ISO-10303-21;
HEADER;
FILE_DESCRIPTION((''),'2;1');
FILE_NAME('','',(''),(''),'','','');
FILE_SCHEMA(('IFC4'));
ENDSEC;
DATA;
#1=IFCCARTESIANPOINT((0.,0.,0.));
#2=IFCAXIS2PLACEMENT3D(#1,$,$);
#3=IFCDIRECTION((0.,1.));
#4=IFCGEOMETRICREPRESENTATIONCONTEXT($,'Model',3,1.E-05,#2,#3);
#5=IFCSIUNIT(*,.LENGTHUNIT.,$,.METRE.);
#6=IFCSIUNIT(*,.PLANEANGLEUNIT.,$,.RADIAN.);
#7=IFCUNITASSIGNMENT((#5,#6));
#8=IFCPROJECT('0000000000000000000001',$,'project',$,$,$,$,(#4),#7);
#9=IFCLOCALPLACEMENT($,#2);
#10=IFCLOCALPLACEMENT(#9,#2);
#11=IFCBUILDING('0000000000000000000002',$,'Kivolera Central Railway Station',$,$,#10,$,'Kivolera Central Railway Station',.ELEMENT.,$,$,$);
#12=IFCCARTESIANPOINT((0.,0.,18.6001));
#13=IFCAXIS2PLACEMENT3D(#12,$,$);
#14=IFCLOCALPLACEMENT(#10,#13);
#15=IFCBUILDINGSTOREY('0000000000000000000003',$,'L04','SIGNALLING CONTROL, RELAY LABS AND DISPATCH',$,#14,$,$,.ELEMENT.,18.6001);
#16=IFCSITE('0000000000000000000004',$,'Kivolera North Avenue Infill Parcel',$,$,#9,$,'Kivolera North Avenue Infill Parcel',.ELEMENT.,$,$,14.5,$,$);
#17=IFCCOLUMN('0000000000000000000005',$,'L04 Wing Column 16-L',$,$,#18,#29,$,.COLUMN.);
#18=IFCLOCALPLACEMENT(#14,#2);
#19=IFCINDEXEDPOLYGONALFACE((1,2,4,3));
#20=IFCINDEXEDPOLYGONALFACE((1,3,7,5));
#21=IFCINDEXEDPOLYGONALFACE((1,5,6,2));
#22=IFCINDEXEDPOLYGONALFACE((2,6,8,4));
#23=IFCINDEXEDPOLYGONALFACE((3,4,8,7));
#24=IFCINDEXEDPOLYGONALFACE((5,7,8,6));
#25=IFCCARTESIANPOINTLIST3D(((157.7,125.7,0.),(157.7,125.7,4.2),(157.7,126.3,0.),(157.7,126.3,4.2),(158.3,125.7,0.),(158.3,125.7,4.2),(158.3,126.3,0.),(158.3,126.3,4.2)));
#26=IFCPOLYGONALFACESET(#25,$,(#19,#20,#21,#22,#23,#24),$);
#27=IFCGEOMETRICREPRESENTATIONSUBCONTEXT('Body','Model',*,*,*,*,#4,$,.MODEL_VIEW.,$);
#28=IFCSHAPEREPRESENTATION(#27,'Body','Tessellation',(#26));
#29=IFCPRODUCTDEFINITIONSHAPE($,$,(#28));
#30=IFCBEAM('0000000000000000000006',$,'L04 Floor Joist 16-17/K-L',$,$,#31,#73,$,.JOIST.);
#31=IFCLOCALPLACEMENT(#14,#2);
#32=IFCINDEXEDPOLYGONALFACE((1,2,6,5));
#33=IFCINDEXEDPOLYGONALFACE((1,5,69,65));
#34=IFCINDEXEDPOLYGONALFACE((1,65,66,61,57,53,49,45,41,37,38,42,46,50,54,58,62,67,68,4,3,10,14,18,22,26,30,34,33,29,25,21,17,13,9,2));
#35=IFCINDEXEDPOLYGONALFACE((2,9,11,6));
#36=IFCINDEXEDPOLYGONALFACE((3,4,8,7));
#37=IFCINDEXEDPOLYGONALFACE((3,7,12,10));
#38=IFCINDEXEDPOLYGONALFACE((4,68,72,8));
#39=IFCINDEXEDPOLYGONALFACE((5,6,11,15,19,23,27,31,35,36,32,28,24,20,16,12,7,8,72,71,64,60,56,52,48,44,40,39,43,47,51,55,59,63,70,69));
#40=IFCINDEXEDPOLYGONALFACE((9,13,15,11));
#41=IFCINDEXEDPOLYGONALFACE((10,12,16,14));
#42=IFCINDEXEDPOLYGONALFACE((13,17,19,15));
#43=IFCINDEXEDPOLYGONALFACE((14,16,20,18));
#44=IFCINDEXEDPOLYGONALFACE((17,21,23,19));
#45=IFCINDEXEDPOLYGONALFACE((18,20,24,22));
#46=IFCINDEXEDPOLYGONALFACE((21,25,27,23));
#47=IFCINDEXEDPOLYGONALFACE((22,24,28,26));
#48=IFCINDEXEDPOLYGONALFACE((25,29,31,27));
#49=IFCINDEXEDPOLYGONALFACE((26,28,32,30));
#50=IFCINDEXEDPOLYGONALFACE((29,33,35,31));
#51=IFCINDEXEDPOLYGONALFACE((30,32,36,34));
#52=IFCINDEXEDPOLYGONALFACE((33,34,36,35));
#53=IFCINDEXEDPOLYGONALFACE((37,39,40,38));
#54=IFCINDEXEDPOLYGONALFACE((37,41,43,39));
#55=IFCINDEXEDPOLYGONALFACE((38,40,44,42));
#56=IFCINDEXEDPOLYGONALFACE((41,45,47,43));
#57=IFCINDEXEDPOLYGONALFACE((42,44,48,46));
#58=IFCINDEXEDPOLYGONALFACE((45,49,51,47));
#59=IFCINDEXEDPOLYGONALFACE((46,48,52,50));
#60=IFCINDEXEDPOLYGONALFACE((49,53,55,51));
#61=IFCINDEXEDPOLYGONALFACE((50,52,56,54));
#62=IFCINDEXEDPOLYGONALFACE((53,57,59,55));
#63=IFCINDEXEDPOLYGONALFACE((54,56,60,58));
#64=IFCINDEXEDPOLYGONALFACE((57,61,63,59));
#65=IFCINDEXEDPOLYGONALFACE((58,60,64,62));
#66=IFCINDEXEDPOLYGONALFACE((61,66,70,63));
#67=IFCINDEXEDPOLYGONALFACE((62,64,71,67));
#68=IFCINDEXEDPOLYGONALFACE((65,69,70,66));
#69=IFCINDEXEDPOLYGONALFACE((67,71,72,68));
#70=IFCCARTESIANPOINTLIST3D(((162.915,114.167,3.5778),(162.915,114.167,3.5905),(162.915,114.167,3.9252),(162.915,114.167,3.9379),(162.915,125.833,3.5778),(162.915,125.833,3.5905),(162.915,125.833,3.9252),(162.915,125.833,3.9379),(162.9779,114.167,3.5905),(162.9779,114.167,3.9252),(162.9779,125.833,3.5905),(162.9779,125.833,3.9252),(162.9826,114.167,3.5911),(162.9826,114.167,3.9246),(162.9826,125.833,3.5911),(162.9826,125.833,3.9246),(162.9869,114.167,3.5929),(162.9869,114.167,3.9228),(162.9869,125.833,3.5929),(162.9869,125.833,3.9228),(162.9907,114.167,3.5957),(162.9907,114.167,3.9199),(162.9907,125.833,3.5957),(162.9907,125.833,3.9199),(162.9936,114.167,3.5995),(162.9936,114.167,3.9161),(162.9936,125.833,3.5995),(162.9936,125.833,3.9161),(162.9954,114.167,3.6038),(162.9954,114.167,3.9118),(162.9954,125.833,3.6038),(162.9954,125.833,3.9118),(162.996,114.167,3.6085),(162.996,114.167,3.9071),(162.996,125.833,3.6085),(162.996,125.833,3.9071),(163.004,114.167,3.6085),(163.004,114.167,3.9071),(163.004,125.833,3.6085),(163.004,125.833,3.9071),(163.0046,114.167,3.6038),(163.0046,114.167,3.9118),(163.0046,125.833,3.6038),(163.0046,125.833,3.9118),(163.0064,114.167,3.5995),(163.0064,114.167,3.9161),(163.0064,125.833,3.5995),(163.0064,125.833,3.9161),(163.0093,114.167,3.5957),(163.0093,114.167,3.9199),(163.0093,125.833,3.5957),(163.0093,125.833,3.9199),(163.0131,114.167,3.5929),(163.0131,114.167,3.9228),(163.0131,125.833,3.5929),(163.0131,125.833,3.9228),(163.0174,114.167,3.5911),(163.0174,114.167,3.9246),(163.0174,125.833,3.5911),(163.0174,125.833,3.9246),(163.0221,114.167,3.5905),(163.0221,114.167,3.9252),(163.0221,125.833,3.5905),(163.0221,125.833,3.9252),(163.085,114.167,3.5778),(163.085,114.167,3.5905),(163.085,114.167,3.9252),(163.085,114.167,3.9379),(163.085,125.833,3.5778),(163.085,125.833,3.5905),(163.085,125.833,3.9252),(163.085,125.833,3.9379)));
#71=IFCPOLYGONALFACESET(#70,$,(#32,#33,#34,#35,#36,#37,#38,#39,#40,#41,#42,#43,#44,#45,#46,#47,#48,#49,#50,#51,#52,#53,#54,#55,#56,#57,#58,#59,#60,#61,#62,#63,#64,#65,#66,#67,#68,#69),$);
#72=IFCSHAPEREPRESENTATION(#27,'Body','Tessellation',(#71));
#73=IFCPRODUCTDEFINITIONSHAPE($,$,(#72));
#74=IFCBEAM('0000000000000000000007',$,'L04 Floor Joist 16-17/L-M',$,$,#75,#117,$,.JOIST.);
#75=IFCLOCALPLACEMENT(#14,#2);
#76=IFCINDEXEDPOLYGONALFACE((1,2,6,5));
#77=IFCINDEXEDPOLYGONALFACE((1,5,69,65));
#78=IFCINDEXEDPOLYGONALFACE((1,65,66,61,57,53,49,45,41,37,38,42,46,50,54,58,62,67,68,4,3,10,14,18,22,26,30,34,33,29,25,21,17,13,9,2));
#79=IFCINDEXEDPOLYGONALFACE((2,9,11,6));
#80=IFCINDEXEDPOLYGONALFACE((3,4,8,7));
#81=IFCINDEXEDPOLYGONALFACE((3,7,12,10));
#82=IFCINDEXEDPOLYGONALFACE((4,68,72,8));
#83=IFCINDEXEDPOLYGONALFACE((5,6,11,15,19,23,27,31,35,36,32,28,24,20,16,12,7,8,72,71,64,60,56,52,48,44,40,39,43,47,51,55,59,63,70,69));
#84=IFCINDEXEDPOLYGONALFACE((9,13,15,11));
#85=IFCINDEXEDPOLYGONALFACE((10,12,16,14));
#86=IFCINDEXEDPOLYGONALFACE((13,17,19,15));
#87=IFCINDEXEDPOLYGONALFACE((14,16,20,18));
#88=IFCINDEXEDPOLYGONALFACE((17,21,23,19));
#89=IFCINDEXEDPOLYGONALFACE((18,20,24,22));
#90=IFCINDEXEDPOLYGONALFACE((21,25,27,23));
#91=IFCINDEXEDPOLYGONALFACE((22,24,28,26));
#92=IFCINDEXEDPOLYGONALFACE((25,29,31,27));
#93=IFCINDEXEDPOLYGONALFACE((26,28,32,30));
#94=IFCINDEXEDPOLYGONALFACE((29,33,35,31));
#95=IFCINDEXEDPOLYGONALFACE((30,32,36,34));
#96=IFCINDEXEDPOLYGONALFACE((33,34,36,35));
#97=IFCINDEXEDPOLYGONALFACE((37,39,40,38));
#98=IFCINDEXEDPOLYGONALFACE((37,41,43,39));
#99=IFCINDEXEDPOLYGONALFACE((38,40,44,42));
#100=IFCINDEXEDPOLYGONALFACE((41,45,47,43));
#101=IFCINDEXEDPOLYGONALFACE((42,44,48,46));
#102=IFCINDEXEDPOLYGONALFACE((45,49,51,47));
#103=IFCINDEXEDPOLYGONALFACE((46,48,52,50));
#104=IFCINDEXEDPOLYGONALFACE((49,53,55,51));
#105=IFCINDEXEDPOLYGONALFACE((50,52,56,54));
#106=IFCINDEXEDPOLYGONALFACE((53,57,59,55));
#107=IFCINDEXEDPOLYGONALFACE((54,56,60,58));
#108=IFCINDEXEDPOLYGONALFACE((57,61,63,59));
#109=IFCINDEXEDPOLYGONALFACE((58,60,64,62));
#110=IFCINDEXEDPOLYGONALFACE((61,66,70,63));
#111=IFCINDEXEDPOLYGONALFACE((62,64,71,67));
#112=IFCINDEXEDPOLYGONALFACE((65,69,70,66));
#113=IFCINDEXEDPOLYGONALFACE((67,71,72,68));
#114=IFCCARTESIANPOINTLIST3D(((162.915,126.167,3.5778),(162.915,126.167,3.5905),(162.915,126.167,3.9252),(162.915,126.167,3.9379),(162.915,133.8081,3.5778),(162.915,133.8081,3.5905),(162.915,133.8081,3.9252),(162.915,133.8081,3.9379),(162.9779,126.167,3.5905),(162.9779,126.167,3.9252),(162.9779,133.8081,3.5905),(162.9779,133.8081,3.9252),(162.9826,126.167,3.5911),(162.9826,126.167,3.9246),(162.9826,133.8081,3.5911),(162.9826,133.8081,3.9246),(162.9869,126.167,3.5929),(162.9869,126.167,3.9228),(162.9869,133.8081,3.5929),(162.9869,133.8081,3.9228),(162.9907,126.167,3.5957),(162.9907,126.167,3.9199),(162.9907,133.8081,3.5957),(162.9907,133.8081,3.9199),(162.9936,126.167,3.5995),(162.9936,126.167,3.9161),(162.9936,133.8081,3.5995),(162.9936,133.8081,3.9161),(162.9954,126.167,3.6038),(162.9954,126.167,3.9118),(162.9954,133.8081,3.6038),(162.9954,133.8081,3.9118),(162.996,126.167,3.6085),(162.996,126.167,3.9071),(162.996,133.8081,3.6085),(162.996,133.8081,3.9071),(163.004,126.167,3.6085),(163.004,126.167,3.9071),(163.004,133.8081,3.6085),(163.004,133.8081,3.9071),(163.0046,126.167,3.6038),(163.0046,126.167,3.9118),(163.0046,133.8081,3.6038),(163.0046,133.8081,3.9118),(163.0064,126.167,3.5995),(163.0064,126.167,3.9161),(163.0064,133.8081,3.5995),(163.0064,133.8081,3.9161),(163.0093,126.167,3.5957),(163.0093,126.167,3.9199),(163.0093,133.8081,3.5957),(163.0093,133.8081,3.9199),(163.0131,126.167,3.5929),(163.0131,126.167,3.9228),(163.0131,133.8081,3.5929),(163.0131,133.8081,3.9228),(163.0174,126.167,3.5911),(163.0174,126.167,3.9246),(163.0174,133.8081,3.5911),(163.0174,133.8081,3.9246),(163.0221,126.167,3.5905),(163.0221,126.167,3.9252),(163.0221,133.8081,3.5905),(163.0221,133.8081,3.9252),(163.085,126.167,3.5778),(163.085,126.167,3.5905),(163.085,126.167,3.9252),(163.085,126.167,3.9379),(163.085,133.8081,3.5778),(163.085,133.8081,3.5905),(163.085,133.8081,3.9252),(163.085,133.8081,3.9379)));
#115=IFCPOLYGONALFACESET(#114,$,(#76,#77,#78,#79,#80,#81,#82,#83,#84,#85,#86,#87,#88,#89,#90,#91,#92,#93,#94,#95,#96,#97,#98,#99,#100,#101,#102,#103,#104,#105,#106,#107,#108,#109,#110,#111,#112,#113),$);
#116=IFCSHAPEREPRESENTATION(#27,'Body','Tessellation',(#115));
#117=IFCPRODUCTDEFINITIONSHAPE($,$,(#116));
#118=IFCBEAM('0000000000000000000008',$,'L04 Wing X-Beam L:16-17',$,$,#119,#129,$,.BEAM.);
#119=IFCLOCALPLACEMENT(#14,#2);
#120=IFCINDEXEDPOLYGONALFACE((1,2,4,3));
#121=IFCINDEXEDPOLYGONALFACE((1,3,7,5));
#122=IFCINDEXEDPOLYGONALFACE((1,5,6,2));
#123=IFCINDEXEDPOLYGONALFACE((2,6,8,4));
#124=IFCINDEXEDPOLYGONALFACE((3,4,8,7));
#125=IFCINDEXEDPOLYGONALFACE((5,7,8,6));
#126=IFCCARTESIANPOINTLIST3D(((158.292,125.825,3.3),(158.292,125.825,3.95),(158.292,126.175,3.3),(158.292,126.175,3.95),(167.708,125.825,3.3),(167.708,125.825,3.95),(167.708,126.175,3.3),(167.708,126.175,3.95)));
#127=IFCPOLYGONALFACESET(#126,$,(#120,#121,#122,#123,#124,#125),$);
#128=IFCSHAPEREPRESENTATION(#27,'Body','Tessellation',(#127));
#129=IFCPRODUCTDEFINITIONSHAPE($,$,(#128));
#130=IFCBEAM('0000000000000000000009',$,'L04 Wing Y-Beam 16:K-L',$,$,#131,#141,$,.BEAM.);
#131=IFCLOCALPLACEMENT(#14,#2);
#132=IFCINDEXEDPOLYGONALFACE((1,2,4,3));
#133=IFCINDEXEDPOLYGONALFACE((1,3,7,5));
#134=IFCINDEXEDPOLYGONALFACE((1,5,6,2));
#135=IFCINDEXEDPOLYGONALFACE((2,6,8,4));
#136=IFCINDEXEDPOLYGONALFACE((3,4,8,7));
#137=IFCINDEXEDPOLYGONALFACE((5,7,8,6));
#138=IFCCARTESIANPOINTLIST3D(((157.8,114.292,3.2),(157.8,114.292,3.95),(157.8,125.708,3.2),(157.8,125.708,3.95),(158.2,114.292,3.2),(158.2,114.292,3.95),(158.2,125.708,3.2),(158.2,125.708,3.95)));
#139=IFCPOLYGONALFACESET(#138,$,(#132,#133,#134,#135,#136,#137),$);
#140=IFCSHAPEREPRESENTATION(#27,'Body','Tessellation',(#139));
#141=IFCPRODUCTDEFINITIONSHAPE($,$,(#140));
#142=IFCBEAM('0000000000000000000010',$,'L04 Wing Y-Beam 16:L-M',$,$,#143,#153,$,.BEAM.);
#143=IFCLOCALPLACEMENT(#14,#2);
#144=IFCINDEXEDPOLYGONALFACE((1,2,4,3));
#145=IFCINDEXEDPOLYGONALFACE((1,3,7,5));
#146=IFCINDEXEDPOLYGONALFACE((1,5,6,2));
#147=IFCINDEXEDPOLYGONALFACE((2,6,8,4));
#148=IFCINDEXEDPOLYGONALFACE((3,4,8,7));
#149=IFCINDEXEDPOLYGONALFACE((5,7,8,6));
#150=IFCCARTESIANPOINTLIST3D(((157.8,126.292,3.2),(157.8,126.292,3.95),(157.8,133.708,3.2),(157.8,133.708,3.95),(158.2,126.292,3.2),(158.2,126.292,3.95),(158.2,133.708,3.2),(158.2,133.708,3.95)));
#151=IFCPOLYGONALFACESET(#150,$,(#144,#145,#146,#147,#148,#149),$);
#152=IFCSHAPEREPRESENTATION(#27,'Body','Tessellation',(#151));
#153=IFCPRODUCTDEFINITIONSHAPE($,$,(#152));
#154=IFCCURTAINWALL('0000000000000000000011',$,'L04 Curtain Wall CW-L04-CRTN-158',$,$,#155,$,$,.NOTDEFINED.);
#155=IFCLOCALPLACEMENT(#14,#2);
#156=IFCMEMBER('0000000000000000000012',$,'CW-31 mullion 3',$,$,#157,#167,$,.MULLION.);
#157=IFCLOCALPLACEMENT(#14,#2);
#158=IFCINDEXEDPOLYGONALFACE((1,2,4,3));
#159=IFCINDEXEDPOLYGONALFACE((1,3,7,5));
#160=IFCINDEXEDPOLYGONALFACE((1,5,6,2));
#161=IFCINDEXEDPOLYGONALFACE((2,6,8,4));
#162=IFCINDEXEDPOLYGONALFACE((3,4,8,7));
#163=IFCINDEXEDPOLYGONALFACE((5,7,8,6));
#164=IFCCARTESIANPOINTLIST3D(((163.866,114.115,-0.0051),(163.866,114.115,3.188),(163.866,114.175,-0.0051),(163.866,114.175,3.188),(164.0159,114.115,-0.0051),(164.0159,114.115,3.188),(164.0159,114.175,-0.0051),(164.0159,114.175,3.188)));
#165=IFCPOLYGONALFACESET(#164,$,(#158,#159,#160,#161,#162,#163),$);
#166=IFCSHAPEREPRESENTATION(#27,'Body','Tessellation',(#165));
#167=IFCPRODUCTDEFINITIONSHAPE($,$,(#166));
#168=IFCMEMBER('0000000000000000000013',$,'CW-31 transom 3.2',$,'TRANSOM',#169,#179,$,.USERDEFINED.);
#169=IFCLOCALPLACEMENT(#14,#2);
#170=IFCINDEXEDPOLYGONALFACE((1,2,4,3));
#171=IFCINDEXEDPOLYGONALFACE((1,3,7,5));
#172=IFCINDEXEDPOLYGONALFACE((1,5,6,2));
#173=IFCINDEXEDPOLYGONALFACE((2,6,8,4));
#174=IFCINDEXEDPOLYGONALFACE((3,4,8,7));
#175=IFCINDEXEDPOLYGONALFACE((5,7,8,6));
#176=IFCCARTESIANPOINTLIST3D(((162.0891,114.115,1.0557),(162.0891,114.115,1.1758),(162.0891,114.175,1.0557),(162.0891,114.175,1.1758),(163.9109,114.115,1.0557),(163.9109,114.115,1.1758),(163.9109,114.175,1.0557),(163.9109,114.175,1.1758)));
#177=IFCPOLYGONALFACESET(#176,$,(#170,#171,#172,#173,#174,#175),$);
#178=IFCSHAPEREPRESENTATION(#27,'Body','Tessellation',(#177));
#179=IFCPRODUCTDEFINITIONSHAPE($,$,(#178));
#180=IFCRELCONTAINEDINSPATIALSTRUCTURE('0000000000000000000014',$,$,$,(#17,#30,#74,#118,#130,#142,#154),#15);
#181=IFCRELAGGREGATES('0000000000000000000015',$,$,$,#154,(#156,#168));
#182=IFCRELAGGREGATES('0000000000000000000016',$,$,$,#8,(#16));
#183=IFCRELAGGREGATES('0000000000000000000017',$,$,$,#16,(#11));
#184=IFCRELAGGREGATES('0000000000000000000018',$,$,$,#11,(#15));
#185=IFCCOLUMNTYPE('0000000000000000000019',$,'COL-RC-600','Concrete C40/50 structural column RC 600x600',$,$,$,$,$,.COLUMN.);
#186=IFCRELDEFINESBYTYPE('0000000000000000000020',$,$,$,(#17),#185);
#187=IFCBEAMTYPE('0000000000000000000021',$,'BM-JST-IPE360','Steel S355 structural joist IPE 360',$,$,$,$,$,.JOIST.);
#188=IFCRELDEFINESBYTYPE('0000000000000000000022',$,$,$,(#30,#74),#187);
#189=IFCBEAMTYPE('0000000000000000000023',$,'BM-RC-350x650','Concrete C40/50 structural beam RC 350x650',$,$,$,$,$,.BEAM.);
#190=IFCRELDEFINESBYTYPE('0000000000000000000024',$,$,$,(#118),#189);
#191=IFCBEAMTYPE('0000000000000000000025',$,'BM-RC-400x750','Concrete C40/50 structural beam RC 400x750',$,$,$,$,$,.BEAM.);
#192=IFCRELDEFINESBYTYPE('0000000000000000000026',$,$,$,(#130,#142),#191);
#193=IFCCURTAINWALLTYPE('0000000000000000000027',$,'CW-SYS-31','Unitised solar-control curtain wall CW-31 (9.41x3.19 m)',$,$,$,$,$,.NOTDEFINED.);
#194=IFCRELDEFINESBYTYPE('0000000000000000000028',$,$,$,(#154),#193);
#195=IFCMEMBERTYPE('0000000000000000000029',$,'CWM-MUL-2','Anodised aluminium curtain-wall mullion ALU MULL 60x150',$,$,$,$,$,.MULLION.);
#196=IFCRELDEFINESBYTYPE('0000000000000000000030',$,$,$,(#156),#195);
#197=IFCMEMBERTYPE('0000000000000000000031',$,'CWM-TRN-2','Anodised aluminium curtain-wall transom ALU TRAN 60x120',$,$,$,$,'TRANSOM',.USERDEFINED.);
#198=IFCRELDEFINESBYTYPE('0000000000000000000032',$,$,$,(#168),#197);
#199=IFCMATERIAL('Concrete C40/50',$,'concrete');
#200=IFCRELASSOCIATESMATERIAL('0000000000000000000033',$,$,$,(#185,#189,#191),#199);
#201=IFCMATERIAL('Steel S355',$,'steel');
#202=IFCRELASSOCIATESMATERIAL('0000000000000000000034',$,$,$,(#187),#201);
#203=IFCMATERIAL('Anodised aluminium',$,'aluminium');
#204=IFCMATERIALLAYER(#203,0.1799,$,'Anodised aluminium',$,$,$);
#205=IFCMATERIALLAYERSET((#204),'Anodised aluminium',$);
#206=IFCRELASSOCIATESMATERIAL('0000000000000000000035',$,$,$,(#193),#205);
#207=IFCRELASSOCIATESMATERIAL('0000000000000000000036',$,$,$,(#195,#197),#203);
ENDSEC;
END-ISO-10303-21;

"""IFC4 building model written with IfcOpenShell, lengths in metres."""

from ifc_helpers import new_model, si_unit, direction, frame, origin, origin_2d, place, context, subcontext, project, spatial, rectangle, i_section, extrude, material, layer, layer_set, material_profile, profile_set, type_object, element, aggregate, save


model = new_model("IFC4")

# Units and contexts
model_context = context("Model", 3, precision=1e-05, world=origin(), true_north=direction((0.0, 1.0)))
body_context = subcontext(model_context, "Body", "Model", "MODEL_VIEW")
ifc_project = project(units=[si_unit("LENGTHUNIT", "METRE"), si_unit("PLANEANGLEUNIT", "RADIAN")], contexts=[model_context])

# Site, building, storey
site_placement = place(None, origin())
site = spatial("IfcSite", under=ifc_project, at=site_placement, Name="Kivolera North Avenue Infill Parcel", LongName="Kivolera North Avenue Infill Parcel", CompositionType="ELEMENT", RefElevation=14.5)
building_placement = place(site_placement, origin())
building = spatial("IfcBuilding", under=site, at=building_placement, Name="Kivolera Central Railway Station", LongName="Kivolera Central Railway Station", CompositionType="ELEMENT")
storey_placement = place(building_placement, frame((0.0, 0.0, 18.6001)))
storey = spatial("IfcBuildingStorey", under=building, at=storey_placement, Name="L04", Description="SIGNALLING CONTROL, RELAY LABS AND DISPATCH", CompositionType="ELEMENT", Elevation=18.6001)

# Column
ifc_material_1 = material(Name="Concrete C40/50", Category="concrete")
ifc_material_profile_1 = material_profile(ifc_material_1, rectangle(XDim=0.6001, YDim=0.6001, at=origin_2d()), Name="RC 600x600")
ifc_profile_set_1 = profile_set([ifc_material_profile_1], Name="Concrete C40/50")
column_type = type_object("IfcColumnType", Name="COL-RC-600", Description="Concrete C40/50 structural column RC 600x600", PredefinedType="COLUMN", material=ifc_profile_set_1)
column_placement = place(storey_placement, frame((158.0, 126.0, 0.0), z_axis=(0.0, 0.0, 1.0), x_axis=(1.0, 0.0, 0.0)))
element("IfcColumn", 1, at=column_placement, inside=storey, type_object=column_type, Name="L04 Wing Column 16-L", PredefinedType="COLUMN", context=body_context, shape_type="SweptSolid", body=[
    extrude(rectangle(XDim=0.6001, YDim=0.6001, at=origin_2d()), origin(), (0.0, 0.0, 1.0), 4.2),
])

# Beams
ifc_material_2 = material(Name="Steel S355", Category="steel")
ifc_material_profile_2 = material_profile(ifc_material_2, i_section(OverallWidth=0.1699, OverallDepth=0.3601, WebThickness=0.0081, FlangeThickness=0.0127, FilletRadius=0.0181, at=origin_2d()), Name="IPE 360")
ifc_profile_set_2 = profile_set([ifc_material_profile_2], Name="Steel S355")
beam_type_1 = type_object("IfcBeamType", Name="BM-JST-IPE360", Description="Steel S355 structural joist IPE 360", PredefinedType="JOIST", material=ifc_profile_set_2)
beam_1_placement = place(storey_placement, frame((163.0, 114.167, 3.7578), z_axis=(0.0, 1.0, 0.0), x_axis=(-1.0, 0.0, 0.0)))
element("IfcBeam", 2, at=beam_1_placement, inside=storey, type_object=beam_type_1, Name="L04 Floor Joist 16-17/K-L", PredefinedType="JOIST", context=body_context, shape_type="SweptSolid", body=[
    extrude(i_section(OverallWidth=0.1699, OverallDepth=0.3601, WebThickness=0.0081, FlangeThickness=0.0127, FilletRadius=0.0181, at=origin_2d()), origin(), (0.0, 0.0, 1.0), 11.666),
])
beam_2_placement = place(storey_placement, frame((163.0, 126.167, 3.7578), z_axis=(0.0, 1.0, 0.0), x_axis=(-1.0, 0.0, 0.0)))
element("IfcBeam", 3, at=beam_2_placement, inside=storey, type_object=beam_type_1, Name="L04 Floor Joist 16-17/L-M", PredefinedType="JOIST", context=body_context, shape_type="SweptSolid", body=[
    extrude(i_section(OverallWidth=0.1699, OverallDepth=0.3601, WebThickness=0.0081, FlangeThickness=0.0127, FilletRadius=0.0181, at=origin_2d()), origin(), (0.0, 0.0, 1.0), 7.6411),
])
ifc_material_profile_3 = material_profile(ifc_material_1, rectangle(XDim=0.3501, YDim=0.6499, at=origin_2d()), Name="RC 350x650")
ifc_profile_set_3 = profile_set([ifc_material_profile_3], Name="Concrete C40/50")
beam_type_2 = type_object("IfcBeamType", Name="BM-RC-350x650", Description="Concrete C40/50 structural beam RC 350x650", PredefinedType="BEAM", material=ifc_profile_set_3)
beam_3_placement = place(storey_placement, frame((158.292, 126.0, 3.625), z_axis=(1.0, 0.0, 0.0), x_axis=(0.0, 1.0, 0.0)))
element("IfcBeam", 4, at=beam_3_placement, inside=storey, type_object=beam_type_2, Name="L04 Wing X-Beam L:16-17", PredefinedType="BEAM", context=body_context, shape_type="SweptSolid", body=[
    extrude(rectangle(XDim=0.3501, YDim=0.6499, at=origin_2d()), origin(), (0.0, 0.0, 1.0), 9.416),
])
ifc_material_profile_4 = material_profile(ifc_material_1, rectangle(XDim=0.3999, YDim=0.75, at=origin_2d()), Name="RC 400x750")
ifc_profile_set_4 = profile_set([ifc_material_profile_4], Name="Concrete C40/50")
beam_type_3 = type_object("IfcBeamType", Name="BM-RC-400x750", Description="Concrete C40/50 structural beam RC 400x750", PredefinedType="BEAM", material=ifc_profile_set_4)
beam_4_placement = place(storey_placement, frame((158.0, 114.292, 3.575), z_axis=(0.0, 1.0, 0.0), x_axis=(-1.0, 0.0, 0.0)))
element("IfcBeam", 5, at=beam_4_placement, inside=storey, type_object=beam_type_3, Name="L04 Wing Y-Beam 16:K-L", PredefinedType="BEAM", context=body_context, shape_type="SweptSolid", body=[
    extrude(rectangle(XDim=0.3999, YDim=0.75, at=origin_2d()), origin(), (0.0, 0.0, 1.0), 11.416),
])
beam_5_placement = place(storey_placement, frame((158.0, 126.292, 3.575), z_axis=(0.0, 1.0, 0.0), x_axis=(-1.0, 0.0, 0.0)))
element("IfcBeam", 6, at=beam_5_placement, inside=storey, type_object=beam_type_3, Name="L04 Wing Y-Beam 16:L-M", PredefinedType="BEAM", context=body_context, shape_type="SweptSolid", body=[
    extrude(rectangle(XDim=0.3999, YDim=0.75, at=origin_2d()), origin(), (0.0, 0.0, 1.0), 7.416),
])

# Curtain wall, members
ifc_material_3 = material(Name="Anodised aluminium", Category="aluminium")
ifc_layer_1 = layer(ifc_material_3, 0.1799, Name="Anodised aluminium")
ifc_layer_set_1 = layer_set([ifc_layer_1], Name="Anodised aluminium")
curtain_wall_type = type_object("IfcCurtainWallType", Name="CW-SYS-31", Description="Unitised solar-control curtain wall CW-31 (9.41x3.19 m)", PredefinedType="NOTDEFINED", material=ifc_layer_set_1)
curtain_wall_placement = place(storey_placement, origin())
curtain_wall = element("IfcCurtainWall", 7, at=curtain_wall_placement, inside=storey, type_object=curtain_wall_type, Name="L04 Curtain Wall CW-L04-CRTN-158", PredefinedType="NOTDEFINED")
ifc_material_profile_5 = material_profile(ifc_material_3, rectangle(XDim=0.0601, YDim=0.1499, at=origin_2d()), Name="ALU MULL 60x150")
ifc_profile_set_5 = profile_set([ifc_material_profile_5], Name="Anodised aluminium")
member_type_1 = type_object("IfcMemberType", Name="CWM-MUL-2", Description="Anodised aluminium curtain-wall mullion ALU MULL 60x150", PredefinedType="MULLION", material=ifc_profile_set_5)
member_1_placement = place(storey_placement, frame((163.9409, 114.145, -0.0051), z_axis=(0.0, 0.0, 1.0), x_axis=(0.0, -1.0, 0.0)))
member_1 = element("IfcMember", 8, at=member_1_placement, type_object=member_type_1, Name="CW-31 mullion 3", PredefinedType="MULLION", context=body_context, shape_type="SweptSolid", body=[
    extrude(rectangle(XDim=0.0601, YDim=0.1499, at=origin_2d()), origin(), (0.0, 0.0, 1.0), 3.1931),
])
ifc_material_profile_6 = material_profile(ifc_material_3, rectangle(XDim=0.0601, YDim=0.1201, at=origin_2d()), Name="ALU TRAN 60x120")
ifc_profile_set_6 = profile_set([ifc_material_profile_6], Name="Anodised aluminium")
member_type_2 = type_object("IfcMemberType", Name="CWM-TRN-2", Description="Anodised aluminium curtain-wall transom ALU TRAN 60x120", ElementType="TRANSOM", PredefinedType="USERDEFINED", material=ifc_profile_set_6)
member_2_placement = place(storey_placement, frame((163.9109, 114.145, 1.1157), z_axis=(-1.0, 0.0, 0.0), x_axis=(0.0, -1.0, 0.0)))
member_2 = element("IfcMember", 9, at=member_2_placement, type_object=member_type_2, Name="CW-31 transom 3.2", ObjectType="TRANSOM", PredefinedType="USERDEFINED", context=body_context, shape_type="SweptSolid", body=[
    extrude(rectangle(XDim=0.0601, YDim=0.1201, at=origin_2d()), origin(), (0.0, 0.0, 1.0), 1.8218),
])
aggregate(curtain_wall, [member_1, member_2])

save(model, "model.ifc")
